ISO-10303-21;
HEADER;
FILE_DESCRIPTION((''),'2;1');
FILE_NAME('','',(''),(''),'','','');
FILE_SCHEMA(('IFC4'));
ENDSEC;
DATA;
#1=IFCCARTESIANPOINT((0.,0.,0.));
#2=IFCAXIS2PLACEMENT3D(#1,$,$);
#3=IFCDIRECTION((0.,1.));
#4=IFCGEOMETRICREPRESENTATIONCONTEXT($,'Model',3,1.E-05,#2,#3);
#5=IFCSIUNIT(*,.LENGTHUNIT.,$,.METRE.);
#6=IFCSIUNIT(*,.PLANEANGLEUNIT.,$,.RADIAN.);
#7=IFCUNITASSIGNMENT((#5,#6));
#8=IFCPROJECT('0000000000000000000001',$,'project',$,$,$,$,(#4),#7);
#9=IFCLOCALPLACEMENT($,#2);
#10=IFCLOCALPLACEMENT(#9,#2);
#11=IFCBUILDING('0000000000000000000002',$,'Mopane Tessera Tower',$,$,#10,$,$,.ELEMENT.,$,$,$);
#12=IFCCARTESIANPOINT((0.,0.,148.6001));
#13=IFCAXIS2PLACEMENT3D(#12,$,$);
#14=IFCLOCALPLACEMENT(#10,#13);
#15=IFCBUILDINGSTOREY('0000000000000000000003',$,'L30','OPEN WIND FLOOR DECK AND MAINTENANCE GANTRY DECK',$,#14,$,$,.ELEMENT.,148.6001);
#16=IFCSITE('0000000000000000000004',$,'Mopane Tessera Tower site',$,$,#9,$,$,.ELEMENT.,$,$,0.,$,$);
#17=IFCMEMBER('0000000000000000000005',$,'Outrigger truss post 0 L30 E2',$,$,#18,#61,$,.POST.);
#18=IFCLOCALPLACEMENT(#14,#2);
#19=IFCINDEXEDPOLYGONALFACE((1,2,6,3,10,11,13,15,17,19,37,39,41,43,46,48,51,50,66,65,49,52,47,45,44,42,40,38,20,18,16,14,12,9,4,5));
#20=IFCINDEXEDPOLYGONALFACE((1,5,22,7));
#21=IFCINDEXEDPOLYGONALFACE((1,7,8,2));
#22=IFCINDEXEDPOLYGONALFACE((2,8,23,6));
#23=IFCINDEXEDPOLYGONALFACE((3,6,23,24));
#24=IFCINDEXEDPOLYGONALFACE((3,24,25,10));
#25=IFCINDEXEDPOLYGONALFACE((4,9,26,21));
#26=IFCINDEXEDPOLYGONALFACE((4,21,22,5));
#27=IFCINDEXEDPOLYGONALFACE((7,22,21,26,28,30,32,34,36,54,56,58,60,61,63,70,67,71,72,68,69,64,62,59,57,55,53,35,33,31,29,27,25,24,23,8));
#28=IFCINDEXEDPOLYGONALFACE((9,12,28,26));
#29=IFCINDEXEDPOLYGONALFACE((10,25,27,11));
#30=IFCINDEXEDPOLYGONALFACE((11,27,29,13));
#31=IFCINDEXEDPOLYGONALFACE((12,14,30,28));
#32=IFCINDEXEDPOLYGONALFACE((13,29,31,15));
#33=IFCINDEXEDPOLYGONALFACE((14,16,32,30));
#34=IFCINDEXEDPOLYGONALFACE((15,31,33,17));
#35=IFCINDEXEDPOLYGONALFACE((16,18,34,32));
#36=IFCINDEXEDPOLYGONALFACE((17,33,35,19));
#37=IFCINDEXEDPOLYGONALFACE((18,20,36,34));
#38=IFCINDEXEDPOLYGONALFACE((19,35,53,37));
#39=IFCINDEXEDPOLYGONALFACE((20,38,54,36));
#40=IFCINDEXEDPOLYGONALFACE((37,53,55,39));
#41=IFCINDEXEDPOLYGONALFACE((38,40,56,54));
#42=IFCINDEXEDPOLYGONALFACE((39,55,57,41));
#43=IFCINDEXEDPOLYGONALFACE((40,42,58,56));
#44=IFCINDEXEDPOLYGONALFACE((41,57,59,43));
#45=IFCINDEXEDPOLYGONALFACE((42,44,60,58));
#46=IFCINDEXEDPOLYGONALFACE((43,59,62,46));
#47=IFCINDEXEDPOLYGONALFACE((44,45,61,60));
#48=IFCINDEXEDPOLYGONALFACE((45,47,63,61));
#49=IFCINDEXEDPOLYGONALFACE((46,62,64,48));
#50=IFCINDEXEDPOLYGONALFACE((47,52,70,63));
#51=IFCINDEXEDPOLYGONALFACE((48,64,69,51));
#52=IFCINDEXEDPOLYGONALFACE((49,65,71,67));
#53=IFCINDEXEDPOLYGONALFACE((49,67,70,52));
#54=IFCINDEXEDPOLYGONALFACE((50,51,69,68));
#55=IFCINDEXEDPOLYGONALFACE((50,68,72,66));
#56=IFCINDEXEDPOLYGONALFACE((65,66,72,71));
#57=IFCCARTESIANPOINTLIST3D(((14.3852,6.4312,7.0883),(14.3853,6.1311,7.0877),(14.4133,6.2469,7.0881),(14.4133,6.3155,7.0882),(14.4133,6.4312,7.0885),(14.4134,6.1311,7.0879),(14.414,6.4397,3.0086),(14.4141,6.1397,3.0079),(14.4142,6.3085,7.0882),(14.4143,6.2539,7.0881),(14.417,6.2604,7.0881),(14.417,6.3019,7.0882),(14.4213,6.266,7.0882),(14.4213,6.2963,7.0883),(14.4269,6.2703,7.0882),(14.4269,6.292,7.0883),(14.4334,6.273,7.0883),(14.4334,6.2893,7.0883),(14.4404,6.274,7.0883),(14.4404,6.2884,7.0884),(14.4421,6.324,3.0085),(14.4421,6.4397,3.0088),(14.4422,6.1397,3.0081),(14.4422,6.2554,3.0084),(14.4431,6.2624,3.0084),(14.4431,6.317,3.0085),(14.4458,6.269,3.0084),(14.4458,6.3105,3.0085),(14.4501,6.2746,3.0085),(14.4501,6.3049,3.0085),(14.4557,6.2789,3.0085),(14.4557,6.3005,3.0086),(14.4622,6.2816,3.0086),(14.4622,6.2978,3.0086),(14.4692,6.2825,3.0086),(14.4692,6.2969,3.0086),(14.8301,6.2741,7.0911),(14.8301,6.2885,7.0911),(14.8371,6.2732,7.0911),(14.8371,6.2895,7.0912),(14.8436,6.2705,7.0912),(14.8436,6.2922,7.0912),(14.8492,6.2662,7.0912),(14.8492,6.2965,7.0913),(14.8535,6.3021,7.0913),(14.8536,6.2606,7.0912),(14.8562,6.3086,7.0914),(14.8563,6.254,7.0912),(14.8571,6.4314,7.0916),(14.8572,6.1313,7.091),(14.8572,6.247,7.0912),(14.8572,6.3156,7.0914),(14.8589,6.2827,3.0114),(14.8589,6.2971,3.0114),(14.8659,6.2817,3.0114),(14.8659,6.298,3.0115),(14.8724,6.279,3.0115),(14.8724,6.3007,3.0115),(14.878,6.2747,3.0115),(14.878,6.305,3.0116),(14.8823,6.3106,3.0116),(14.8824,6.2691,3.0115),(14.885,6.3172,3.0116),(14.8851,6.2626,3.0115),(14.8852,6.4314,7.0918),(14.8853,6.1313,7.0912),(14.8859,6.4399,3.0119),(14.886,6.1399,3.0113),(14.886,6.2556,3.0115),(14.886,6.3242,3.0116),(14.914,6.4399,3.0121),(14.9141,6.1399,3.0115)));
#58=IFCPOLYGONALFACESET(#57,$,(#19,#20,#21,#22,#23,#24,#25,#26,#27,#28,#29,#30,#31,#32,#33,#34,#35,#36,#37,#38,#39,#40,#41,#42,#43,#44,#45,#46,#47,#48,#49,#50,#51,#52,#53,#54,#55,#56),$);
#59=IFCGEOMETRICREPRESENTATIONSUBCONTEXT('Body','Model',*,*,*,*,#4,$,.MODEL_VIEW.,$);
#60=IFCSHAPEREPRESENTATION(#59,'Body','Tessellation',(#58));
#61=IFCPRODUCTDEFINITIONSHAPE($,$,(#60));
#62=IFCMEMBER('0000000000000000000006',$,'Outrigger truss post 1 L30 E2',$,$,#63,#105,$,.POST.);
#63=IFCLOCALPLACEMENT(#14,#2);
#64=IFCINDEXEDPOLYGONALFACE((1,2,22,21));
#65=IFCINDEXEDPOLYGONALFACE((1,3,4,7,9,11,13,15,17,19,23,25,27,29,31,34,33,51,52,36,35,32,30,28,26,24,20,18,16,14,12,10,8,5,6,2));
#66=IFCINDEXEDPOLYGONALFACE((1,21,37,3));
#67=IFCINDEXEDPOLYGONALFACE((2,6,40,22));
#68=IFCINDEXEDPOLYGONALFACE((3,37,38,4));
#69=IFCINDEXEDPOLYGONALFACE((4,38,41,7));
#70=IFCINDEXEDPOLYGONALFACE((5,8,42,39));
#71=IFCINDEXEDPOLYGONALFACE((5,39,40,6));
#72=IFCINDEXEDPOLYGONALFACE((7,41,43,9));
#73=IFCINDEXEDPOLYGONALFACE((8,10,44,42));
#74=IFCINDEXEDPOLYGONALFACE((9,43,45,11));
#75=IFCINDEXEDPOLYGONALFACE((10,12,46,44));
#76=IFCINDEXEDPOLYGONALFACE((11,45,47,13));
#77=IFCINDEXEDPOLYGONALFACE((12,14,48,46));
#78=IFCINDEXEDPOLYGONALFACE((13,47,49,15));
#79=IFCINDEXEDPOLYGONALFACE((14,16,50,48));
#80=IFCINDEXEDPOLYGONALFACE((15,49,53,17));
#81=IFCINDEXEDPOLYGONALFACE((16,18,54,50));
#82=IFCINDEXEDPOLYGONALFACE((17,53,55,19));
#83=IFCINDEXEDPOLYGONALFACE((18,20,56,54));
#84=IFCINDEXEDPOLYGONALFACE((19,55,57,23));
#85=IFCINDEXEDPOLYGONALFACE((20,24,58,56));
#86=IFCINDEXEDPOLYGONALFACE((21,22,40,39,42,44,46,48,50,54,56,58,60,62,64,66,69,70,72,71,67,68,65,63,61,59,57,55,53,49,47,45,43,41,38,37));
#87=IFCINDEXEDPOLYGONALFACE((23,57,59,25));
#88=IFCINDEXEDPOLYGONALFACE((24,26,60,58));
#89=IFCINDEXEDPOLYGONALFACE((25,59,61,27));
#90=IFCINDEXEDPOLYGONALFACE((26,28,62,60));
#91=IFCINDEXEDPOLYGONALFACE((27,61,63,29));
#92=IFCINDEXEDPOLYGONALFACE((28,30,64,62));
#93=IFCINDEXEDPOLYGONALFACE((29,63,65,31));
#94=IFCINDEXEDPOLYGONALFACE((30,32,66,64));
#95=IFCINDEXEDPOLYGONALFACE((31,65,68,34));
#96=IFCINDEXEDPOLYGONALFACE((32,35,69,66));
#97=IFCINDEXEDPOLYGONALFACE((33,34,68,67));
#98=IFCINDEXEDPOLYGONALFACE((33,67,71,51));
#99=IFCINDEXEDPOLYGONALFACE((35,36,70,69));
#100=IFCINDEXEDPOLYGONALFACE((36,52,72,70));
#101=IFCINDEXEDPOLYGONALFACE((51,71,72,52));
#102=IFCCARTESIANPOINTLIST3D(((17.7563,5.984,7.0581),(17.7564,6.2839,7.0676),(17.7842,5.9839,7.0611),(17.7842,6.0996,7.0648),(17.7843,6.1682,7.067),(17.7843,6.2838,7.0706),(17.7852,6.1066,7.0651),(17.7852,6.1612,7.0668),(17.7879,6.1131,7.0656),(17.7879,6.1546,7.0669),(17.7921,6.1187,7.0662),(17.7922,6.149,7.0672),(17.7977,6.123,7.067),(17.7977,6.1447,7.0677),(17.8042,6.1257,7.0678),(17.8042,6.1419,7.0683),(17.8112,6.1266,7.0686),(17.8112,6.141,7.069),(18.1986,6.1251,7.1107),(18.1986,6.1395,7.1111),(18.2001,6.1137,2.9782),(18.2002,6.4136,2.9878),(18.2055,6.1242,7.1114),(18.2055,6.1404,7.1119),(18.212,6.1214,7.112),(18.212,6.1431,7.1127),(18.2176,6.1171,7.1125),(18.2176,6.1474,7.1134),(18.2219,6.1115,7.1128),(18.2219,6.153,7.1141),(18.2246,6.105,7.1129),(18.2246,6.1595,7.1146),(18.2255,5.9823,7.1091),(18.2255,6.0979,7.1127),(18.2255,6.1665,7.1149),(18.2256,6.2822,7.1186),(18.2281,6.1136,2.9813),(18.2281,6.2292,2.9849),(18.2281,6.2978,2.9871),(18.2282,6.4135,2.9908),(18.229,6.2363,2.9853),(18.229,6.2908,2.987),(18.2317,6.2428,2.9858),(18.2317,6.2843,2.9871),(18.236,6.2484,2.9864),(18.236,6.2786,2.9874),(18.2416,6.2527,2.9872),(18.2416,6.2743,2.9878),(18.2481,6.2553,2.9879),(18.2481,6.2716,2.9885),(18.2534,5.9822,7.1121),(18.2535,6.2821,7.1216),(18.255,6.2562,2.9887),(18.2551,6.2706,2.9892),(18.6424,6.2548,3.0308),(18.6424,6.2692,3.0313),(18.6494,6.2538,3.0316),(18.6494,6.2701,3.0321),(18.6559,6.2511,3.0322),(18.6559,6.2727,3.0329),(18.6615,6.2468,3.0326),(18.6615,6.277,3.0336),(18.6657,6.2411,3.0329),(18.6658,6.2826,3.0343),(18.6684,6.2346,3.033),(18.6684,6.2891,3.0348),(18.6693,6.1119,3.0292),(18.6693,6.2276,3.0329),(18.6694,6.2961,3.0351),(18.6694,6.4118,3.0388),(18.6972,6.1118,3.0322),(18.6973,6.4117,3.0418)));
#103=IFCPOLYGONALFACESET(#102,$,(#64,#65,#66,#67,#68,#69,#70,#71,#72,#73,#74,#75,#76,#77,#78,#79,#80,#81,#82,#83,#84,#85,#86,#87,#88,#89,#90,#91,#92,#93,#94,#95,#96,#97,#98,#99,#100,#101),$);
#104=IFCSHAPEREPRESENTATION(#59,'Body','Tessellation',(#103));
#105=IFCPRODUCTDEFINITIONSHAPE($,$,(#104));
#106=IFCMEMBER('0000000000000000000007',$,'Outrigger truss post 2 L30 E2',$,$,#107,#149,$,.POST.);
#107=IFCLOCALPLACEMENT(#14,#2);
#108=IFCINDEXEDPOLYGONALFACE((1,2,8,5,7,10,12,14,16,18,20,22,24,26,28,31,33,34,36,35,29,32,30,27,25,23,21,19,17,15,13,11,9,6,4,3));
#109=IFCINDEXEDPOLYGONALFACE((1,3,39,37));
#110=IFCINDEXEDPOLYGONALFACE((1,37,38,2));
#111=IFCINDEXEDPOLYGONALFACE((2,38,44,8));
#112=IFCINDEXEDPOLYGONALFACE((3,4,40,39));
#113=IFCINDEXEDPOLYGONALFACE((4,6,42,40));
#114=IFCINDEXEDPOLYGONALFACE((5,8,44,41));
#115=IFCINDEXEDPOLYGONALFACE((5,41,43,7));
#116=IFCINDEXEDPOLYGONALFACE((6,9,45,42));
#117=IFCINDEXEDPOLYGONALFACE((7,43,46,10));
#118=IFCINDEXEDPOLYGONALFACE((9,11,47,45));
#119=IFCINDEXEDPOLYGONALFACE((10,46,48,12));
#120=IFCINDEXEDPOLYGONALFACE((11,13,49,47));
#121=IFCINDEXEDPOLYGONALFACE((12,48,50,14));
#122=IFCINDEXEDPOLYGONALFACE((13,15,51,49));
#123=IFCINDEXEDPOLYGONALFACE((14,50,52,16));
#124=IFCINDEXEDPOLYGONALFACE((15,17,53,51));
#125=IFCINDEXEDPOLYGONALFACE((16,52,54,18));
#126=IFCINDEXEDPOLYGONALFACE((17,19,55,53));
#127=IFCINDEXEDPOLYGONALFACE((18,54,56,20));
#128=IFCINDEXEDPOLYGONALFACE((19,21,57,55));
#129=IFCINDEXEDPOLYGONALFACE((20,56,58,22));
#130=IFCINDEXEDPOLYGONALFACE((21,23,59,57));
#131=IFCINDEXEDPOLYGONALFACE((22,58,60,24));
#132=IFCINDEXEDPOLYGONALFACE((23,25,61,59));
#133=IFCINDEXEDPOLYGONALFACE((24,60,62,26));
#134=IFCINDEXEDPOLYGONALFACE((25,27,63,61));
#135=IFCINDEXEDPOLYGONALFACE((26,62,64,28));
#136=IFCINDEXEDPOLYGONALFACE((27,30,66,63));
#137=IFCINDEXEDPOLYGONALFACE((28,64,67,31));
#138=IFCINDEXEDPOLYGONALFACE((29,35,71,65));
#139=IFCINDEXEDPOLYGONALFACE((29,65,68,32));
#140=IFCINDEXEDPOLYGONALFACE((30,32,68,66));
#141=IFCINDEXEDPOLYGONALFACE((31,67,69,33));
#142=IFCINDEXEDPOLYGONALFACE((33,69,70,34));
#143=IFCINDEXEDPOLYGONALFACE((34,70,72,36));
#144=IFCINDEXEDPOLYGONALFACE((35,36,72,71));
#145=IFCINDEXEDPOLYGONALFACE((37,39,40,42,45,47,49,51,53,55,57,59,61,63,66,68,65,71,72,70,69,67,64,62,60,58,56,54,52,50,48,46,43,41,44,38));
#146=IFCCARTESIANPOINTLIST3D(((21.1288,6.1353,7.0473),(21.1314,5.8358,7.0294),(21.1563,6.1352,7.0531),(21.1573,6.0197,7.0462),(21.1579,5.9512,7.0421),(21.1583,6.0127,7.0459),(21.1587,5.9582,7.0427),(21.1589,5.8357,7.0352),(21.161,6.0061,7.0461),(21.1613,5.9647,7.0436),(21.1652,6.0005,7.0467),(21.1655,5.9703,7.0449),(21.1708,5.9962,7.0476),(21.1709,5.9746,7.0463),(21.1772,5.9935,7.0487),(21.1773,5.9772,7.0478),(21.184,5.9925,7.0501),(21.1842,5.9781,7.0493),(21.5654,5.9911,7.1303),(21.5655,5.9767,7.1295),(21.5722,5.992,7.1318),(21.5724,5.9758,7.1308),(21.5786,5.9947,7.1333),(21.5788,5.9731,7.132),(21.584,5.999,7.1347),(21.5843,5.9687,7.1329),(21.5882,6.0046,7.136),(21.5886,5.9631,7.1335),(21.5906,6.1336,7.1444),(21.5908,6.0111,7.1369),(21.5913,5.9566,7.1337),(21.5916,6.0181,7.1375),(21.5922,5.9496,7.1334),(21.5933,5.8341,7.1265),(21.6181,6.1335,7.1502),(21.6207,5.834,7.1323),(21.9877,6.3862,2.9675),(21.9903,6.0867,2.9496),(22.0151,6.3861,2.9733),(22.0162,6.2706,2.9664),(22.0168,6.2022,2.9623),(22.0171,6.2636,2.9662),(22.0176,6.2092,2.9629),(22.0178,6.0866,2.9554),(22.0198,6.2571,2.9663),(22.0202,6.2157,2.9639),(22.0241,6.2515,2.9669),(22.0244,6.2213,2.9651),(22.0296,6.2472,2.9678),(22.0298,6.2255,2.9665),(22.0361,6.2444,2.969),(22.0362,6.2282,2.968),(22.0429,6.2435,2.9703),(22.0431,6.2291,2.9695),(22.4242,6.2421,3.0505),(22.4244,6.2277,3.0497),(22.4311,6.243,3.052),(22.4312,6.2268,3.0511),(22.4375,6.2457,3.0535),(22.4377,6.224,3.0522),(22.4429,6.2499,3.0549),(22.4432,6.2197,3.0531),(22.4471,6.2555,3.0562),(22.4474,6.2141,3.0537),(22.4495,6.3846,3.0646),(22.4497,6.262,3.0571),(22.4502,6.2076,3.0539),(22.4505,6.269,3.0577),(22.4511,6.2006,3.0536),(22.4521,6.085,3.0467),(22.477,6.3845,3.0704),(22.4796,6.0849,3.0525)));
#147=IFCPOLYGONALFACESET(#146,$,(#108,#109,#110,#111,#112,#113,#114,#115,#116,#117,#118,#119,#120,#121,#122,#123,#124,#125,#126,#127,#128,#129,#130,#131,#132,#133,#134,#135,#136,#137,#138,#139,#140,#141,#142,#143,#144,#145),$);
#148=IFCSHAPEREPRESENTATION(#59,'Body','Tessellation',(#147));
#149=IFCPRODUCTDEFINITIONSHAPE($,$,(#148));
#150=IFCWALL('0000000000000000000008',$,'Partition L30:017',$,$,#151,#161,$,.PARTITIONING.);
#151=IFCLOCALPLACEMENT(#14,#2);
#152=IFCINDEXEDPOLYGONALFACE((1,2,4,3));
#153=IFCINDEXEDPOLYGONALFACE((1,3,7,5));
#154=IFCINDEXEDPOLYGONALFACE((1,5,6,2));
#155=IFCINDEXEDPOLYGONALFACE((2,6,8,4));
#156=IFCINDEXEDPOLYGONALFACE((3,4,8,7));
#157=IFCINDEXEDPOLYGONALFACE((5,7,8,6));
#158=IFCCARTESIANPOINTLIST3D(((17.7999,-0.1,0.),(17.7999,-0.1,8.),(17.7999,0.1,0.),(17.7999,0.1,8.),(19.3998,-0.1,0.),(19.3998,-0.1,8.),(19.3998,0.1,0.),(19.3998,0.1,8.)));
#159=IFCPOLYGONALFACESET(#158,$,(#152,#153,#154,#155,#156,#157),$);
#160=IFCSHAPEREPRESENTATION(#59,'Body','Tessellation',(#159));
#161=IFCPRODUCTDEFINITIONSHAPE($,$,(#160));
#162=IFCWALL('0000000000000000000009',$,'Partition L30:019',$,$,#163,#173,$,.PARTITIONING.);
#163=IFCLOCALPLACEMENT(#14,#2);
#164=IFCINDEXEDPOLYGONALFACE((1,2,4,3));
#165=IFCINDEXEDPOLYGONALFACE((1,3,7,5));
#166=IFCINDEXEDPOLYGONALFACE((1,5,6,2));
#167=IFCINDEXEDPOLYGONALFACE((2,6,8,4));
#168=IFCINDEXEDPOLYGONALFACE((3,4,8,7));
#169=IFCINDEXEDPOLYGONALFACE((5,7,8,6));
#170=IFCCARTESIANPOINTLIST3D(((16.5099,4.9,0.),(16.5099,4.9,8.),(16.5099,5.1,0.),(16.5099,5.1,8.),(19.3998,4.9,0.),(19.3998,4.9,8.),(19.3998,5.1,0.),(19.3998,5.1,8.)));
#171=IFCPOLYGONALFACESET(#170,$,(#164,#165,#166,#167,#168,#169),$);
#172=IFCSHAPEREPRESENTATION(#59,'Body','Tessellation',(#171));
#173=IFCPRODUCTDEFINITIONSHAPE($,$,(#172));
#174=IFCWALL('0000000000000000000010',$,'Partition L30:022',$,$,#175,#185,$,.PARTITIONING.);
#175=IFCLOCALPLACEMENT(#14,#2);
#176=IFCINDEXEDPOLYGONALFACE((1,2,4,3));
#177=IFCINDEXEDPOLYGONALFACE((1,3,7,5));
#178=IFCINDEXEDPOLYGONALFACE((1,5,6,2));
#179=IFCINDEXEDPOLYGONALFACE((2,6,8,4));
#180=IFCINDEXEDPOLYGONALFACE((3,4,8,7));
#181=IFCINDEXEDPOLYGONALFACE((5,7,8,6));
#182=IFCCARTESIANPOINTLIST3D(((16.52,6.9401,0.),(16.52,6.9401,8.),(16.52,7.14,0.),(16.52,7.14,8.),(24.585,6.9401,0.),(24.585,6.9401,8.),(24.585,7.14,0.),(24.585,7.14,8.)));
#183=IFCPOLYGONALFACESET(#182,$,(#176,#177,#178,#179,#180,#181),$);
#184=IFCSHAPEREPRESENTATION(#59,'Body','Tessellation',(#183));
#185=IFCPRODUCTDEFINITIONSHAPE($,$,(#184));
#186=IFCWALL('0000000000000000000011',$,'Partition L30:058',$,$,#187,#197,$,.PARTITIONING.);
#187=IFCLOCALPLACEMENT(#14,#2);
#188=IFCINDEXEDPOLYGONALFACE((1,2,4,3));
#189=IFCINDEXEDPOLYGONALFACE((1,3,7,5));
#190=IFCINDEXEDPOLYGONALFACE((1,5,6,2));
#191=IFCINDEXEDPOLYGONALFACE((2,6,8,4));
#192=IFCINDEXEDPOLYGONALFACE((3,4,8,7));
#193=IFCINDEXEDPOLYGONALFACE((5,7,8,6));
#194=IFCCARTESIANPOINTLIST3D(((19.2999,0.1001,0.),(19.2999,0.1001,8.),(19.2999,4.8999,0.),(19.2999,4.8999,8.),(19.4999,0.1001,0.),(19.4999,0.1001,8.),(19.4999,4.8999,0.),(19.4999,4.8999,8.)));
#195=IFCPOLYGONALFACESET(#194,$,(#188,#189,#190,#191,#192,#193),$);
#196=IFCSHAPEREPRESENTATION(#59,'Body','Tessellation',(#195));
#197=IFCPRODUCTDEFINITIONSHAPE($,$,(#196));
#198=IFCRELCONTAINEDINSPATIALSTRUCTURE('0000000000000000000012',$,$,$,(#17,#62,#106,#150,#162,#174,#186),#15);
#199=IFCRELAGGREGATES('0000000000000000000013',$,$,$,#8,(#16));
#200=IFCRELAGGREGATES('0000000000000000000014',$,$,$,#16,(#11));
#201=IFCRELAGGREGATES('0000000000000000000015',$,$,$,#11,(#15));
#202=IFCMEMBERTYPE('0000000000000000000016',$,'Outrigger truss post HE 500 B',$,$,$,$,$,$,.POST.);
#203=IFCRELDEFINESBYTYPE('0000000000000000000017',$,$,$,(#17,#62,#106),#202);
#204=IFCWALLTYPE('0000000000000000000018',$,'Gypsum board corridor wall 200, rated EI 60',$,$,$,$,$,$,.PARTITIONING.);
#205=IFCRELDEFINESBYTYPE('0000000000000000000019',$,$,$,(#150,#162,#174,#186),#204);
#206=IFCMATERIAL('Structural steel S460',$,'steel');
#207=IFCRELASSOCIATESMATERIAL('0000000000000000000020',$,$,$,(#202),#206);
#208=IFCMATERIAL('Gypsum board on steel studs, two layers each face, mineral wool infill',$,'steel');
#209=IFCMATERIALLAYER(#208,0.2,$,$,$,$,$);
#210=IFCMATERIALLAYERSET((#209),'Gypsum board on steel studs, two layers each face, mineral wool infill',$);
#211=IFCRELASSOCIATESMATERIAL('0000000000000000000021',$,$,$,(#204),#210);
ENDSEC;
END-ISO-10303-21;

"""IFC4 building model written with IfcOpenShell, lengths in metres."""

from ifc_helpers import new_model, si_unit, direction, frame, frame_2d, origin, origin_2d, place, context, subcontext, project, spatial, rectangle, i_section, extrude, material, layer, layer_set, material_profile, profile_set, type_object, element, save


model = new_model("IFC4")

# Units and contexts
model_context = context("Model", 3, precision=1e-05, world=origin(), true_north=direction((0.0, 1.0)))
body_context = subcontext(model_context, "Body", "Model", "MODEL_VIEW")
ifc_project = project(units=[si_unit("LENGTHUNIT", "METRE"), si_unit("PLANEANGLEUNIT", "RADIAN")], contexts=[model_context])

# Site, building, storey
site_placement = place(None, origin())
site = spatial("IfcSite", under=ifc_project, at=site_placement, Name="Mopane Tessera Tower site", CompositionType="ELEMENT", RefElevation=0.0)
building_placement = place(site_placement, origin())
building = spatial("IfcBuilding", under=site, at=building_placement, Name="Mopane Tessera Tower", CompositionType="ELEMENT")
storey_placement = place(building_placement, frame((0.0, 0.0, 148.6001)))
storey = spatial("IfcBuildingStorey", under=building, at=storey_placement, Name="L30", Description="OPEN WIND FLOOR DECK AND MAINTENANCE GANTRY DECK", CompositionType="ELEMENT", Elevation=148.6001)

# Members
ifc_material_1 = material(Name="Structural steel S460", Category="steel")
ifc_material_profile_1 = material_profile(ifc_material_1, i_section(OverallWidth=0.3, OverallDepth=0.5, WebThickness=0.0144, FlangeThickness=0.0281, FilletRadius=0.0271, at=origin_2d()))
ifc_profile_set_1 = profile_set([ifc_material_profile_1], Name="Structural steel S460")
member_type_1 = type_object("IfcMemberType", Name="Outrigger truss post HE 500 B", PredefinedType="POST", material=ifc_profile_set_1)
member_1_placement = place(storey_placement, frame((14.6641, 6.2898, 3.01), z_axis=(-0.007061, -0.002094, 0.999973), x_axis=(-0.000396, 0.999998, 0.002092)))
element("IfcMember", 1, at=member_1_placement, inside=storey, type_object=member_type_1, Name="Outrigger truss post 0 L30 E2", PredefinedType="POST", context=body_context, shape_type="SweptSolid", body=[
    extrude(i_section(OverallWidth=0.3, OverallDepth=0.5, WebThickness=0.0144, FlangeThickness=0.0281, FilletRadius=0.0271, at=origin_2d()), origin(), (0.0, 0.0, 1.0), 4.0798),
])
member_2_placement = place(storey_placement, frame((18.4487, 6.2627, 3.01), z_axis=(-0.108099, -0.031573, 0.993639), x_axis=(0.000332, 0.999494, 0.031795)))
element("IfcMember", 2, at=member_2_placement, inside=storey, type_object=member_type_1, Name="Outrigger truss post 1 L30 E2", PredefinedType="POST", context=body_context, shape_type="SweptSolid", body=[
    extrude(i_section(OverallWidth=0.3, OverallDepth=0.5, WebThickness=0.0144, FlangeThickness=0.0281, FilletRadius=0.0271, at=origin_2d()), origin(), (0.0, 0.0, 1.0), 4.106),
])
member_3_placement = place(storey_placement, frame((22.2336, 6.2356, 3.01), z_axis=(-0.205632, -0.060088, 0.976783), x_axis=(-0.008858, 0.998187, 0.05954)))
element("IfcMember", 3, at=member_3_placement, inside=storey, type_object=member_type_1, Name="Outrigger truss post 2 L30 E2", PredefinedType="POST", context=body_context, shape_type="SweptSolid", body=[
    extrude(i_section(OverallWidth=0.3, OverallDepth=0.5, WebThickness=0.0144, FlangeThickness=0.0281, FilletRadius=0.0271, at=origin_2d()), origin(), (0.0, 0.0, 1.0), 4.1768),
])

# Walls
ifc_material_2 = material(Name="Gypsum board on steel studs, two layers each face, mineral wool infill", Category="steel")
ifc_layer_1 = layer(ifc_material_2, 0.2)
ifc_layer_set_1 = layer_set([ifc_layer_1], Name="Gypsum board on steel studs, two layers each face, mineral wool infill")
wall_type = type_object("IfcWallType", Name="Gypsum board corridor wall 200, rated EI 60", PredefinedType="PARTITIONING", material=ifc_layer_set_1)
wall_1_placement = place(storey_placement, frame((17.8, 0.0, 0.0), z_axis=(0.0, 0.0, 1.0), x_axis=(1.0, 0.0, 0.0)))
element("IfcWall", 4, at=wall_1_placement, inside=storey, type_object=wall_type, Name="Partition L30:017", PredefinedType="PARTITIONING", context=body_context, shape_type="SweptSolid", body=[
    extrude(rectangle(XDim=1.5999, YDim=0.2, at=frame_2d((0.7998, 0.0))), origin(), (0.0, 0.0, 1.0), 8.0),
])
wall_2_placement = place(storey_placement, frame((16.51, 5.0, 0.0), z_axis=(0.0, 0.0, 1.0), x_axis=(1.0, 0.0, 0.0)))
element("IfcWall", 5, at=wall_2_placement, inside=storey, type_object=wall_type, Name="Partition L30:019", PredefinedType="PARTITIONING", context=body_context, shape_type="SweptSolid", body=[
    extrude(rectangle(XDim=2.8899, YDim=0.2, at=frame_2d((1.4448, 0.0))), origin(), (0.0, 0.0, 1.0), 8.0),
])
wall_3_placement = place(storey_placement, frame((16.52, 7.04, 0.0), z_axis=(0.0, 0.0, 1.0), x_axis=(1.0, 0.0, 0.0)))
element("IfcWall", 6, at=wall_3_placement, inside=storey, type_object=wall_type, Name="Partition L30:022", PredefinedType="PARTITIONING", context=body_context, shape_type="SweptSolid", body=[
    extrude(rectangle(XDim=8.0649, YDim=0.2, at=frame_2d((4.0325, 0.0))), origin(), (0.0, 0.0, 1.0), 8.0),
])
wall_4_placement = place(storey_placement, frame((19.3999, 0.1001, 0.0), z_axis=(0.0, 0.0, 1.0), x_axis=(0.0, 1.0, 0.0)))
element("IfcWall", 7, at=wall_4_placement, inside=storey, type_object=wall_type, Name="Partition L30:058", PredefinedType="PARTITIONING", context=body_context, shape_type="SweptSolid", body=[
    extrude(rectangle(XDim=4.7998, YDim=0.2, at=frame_2d((2.3999, 0.0))), origin(), (0.0, 0.0, 1.0), 8.0),
])

save(model, "model.ifc")
